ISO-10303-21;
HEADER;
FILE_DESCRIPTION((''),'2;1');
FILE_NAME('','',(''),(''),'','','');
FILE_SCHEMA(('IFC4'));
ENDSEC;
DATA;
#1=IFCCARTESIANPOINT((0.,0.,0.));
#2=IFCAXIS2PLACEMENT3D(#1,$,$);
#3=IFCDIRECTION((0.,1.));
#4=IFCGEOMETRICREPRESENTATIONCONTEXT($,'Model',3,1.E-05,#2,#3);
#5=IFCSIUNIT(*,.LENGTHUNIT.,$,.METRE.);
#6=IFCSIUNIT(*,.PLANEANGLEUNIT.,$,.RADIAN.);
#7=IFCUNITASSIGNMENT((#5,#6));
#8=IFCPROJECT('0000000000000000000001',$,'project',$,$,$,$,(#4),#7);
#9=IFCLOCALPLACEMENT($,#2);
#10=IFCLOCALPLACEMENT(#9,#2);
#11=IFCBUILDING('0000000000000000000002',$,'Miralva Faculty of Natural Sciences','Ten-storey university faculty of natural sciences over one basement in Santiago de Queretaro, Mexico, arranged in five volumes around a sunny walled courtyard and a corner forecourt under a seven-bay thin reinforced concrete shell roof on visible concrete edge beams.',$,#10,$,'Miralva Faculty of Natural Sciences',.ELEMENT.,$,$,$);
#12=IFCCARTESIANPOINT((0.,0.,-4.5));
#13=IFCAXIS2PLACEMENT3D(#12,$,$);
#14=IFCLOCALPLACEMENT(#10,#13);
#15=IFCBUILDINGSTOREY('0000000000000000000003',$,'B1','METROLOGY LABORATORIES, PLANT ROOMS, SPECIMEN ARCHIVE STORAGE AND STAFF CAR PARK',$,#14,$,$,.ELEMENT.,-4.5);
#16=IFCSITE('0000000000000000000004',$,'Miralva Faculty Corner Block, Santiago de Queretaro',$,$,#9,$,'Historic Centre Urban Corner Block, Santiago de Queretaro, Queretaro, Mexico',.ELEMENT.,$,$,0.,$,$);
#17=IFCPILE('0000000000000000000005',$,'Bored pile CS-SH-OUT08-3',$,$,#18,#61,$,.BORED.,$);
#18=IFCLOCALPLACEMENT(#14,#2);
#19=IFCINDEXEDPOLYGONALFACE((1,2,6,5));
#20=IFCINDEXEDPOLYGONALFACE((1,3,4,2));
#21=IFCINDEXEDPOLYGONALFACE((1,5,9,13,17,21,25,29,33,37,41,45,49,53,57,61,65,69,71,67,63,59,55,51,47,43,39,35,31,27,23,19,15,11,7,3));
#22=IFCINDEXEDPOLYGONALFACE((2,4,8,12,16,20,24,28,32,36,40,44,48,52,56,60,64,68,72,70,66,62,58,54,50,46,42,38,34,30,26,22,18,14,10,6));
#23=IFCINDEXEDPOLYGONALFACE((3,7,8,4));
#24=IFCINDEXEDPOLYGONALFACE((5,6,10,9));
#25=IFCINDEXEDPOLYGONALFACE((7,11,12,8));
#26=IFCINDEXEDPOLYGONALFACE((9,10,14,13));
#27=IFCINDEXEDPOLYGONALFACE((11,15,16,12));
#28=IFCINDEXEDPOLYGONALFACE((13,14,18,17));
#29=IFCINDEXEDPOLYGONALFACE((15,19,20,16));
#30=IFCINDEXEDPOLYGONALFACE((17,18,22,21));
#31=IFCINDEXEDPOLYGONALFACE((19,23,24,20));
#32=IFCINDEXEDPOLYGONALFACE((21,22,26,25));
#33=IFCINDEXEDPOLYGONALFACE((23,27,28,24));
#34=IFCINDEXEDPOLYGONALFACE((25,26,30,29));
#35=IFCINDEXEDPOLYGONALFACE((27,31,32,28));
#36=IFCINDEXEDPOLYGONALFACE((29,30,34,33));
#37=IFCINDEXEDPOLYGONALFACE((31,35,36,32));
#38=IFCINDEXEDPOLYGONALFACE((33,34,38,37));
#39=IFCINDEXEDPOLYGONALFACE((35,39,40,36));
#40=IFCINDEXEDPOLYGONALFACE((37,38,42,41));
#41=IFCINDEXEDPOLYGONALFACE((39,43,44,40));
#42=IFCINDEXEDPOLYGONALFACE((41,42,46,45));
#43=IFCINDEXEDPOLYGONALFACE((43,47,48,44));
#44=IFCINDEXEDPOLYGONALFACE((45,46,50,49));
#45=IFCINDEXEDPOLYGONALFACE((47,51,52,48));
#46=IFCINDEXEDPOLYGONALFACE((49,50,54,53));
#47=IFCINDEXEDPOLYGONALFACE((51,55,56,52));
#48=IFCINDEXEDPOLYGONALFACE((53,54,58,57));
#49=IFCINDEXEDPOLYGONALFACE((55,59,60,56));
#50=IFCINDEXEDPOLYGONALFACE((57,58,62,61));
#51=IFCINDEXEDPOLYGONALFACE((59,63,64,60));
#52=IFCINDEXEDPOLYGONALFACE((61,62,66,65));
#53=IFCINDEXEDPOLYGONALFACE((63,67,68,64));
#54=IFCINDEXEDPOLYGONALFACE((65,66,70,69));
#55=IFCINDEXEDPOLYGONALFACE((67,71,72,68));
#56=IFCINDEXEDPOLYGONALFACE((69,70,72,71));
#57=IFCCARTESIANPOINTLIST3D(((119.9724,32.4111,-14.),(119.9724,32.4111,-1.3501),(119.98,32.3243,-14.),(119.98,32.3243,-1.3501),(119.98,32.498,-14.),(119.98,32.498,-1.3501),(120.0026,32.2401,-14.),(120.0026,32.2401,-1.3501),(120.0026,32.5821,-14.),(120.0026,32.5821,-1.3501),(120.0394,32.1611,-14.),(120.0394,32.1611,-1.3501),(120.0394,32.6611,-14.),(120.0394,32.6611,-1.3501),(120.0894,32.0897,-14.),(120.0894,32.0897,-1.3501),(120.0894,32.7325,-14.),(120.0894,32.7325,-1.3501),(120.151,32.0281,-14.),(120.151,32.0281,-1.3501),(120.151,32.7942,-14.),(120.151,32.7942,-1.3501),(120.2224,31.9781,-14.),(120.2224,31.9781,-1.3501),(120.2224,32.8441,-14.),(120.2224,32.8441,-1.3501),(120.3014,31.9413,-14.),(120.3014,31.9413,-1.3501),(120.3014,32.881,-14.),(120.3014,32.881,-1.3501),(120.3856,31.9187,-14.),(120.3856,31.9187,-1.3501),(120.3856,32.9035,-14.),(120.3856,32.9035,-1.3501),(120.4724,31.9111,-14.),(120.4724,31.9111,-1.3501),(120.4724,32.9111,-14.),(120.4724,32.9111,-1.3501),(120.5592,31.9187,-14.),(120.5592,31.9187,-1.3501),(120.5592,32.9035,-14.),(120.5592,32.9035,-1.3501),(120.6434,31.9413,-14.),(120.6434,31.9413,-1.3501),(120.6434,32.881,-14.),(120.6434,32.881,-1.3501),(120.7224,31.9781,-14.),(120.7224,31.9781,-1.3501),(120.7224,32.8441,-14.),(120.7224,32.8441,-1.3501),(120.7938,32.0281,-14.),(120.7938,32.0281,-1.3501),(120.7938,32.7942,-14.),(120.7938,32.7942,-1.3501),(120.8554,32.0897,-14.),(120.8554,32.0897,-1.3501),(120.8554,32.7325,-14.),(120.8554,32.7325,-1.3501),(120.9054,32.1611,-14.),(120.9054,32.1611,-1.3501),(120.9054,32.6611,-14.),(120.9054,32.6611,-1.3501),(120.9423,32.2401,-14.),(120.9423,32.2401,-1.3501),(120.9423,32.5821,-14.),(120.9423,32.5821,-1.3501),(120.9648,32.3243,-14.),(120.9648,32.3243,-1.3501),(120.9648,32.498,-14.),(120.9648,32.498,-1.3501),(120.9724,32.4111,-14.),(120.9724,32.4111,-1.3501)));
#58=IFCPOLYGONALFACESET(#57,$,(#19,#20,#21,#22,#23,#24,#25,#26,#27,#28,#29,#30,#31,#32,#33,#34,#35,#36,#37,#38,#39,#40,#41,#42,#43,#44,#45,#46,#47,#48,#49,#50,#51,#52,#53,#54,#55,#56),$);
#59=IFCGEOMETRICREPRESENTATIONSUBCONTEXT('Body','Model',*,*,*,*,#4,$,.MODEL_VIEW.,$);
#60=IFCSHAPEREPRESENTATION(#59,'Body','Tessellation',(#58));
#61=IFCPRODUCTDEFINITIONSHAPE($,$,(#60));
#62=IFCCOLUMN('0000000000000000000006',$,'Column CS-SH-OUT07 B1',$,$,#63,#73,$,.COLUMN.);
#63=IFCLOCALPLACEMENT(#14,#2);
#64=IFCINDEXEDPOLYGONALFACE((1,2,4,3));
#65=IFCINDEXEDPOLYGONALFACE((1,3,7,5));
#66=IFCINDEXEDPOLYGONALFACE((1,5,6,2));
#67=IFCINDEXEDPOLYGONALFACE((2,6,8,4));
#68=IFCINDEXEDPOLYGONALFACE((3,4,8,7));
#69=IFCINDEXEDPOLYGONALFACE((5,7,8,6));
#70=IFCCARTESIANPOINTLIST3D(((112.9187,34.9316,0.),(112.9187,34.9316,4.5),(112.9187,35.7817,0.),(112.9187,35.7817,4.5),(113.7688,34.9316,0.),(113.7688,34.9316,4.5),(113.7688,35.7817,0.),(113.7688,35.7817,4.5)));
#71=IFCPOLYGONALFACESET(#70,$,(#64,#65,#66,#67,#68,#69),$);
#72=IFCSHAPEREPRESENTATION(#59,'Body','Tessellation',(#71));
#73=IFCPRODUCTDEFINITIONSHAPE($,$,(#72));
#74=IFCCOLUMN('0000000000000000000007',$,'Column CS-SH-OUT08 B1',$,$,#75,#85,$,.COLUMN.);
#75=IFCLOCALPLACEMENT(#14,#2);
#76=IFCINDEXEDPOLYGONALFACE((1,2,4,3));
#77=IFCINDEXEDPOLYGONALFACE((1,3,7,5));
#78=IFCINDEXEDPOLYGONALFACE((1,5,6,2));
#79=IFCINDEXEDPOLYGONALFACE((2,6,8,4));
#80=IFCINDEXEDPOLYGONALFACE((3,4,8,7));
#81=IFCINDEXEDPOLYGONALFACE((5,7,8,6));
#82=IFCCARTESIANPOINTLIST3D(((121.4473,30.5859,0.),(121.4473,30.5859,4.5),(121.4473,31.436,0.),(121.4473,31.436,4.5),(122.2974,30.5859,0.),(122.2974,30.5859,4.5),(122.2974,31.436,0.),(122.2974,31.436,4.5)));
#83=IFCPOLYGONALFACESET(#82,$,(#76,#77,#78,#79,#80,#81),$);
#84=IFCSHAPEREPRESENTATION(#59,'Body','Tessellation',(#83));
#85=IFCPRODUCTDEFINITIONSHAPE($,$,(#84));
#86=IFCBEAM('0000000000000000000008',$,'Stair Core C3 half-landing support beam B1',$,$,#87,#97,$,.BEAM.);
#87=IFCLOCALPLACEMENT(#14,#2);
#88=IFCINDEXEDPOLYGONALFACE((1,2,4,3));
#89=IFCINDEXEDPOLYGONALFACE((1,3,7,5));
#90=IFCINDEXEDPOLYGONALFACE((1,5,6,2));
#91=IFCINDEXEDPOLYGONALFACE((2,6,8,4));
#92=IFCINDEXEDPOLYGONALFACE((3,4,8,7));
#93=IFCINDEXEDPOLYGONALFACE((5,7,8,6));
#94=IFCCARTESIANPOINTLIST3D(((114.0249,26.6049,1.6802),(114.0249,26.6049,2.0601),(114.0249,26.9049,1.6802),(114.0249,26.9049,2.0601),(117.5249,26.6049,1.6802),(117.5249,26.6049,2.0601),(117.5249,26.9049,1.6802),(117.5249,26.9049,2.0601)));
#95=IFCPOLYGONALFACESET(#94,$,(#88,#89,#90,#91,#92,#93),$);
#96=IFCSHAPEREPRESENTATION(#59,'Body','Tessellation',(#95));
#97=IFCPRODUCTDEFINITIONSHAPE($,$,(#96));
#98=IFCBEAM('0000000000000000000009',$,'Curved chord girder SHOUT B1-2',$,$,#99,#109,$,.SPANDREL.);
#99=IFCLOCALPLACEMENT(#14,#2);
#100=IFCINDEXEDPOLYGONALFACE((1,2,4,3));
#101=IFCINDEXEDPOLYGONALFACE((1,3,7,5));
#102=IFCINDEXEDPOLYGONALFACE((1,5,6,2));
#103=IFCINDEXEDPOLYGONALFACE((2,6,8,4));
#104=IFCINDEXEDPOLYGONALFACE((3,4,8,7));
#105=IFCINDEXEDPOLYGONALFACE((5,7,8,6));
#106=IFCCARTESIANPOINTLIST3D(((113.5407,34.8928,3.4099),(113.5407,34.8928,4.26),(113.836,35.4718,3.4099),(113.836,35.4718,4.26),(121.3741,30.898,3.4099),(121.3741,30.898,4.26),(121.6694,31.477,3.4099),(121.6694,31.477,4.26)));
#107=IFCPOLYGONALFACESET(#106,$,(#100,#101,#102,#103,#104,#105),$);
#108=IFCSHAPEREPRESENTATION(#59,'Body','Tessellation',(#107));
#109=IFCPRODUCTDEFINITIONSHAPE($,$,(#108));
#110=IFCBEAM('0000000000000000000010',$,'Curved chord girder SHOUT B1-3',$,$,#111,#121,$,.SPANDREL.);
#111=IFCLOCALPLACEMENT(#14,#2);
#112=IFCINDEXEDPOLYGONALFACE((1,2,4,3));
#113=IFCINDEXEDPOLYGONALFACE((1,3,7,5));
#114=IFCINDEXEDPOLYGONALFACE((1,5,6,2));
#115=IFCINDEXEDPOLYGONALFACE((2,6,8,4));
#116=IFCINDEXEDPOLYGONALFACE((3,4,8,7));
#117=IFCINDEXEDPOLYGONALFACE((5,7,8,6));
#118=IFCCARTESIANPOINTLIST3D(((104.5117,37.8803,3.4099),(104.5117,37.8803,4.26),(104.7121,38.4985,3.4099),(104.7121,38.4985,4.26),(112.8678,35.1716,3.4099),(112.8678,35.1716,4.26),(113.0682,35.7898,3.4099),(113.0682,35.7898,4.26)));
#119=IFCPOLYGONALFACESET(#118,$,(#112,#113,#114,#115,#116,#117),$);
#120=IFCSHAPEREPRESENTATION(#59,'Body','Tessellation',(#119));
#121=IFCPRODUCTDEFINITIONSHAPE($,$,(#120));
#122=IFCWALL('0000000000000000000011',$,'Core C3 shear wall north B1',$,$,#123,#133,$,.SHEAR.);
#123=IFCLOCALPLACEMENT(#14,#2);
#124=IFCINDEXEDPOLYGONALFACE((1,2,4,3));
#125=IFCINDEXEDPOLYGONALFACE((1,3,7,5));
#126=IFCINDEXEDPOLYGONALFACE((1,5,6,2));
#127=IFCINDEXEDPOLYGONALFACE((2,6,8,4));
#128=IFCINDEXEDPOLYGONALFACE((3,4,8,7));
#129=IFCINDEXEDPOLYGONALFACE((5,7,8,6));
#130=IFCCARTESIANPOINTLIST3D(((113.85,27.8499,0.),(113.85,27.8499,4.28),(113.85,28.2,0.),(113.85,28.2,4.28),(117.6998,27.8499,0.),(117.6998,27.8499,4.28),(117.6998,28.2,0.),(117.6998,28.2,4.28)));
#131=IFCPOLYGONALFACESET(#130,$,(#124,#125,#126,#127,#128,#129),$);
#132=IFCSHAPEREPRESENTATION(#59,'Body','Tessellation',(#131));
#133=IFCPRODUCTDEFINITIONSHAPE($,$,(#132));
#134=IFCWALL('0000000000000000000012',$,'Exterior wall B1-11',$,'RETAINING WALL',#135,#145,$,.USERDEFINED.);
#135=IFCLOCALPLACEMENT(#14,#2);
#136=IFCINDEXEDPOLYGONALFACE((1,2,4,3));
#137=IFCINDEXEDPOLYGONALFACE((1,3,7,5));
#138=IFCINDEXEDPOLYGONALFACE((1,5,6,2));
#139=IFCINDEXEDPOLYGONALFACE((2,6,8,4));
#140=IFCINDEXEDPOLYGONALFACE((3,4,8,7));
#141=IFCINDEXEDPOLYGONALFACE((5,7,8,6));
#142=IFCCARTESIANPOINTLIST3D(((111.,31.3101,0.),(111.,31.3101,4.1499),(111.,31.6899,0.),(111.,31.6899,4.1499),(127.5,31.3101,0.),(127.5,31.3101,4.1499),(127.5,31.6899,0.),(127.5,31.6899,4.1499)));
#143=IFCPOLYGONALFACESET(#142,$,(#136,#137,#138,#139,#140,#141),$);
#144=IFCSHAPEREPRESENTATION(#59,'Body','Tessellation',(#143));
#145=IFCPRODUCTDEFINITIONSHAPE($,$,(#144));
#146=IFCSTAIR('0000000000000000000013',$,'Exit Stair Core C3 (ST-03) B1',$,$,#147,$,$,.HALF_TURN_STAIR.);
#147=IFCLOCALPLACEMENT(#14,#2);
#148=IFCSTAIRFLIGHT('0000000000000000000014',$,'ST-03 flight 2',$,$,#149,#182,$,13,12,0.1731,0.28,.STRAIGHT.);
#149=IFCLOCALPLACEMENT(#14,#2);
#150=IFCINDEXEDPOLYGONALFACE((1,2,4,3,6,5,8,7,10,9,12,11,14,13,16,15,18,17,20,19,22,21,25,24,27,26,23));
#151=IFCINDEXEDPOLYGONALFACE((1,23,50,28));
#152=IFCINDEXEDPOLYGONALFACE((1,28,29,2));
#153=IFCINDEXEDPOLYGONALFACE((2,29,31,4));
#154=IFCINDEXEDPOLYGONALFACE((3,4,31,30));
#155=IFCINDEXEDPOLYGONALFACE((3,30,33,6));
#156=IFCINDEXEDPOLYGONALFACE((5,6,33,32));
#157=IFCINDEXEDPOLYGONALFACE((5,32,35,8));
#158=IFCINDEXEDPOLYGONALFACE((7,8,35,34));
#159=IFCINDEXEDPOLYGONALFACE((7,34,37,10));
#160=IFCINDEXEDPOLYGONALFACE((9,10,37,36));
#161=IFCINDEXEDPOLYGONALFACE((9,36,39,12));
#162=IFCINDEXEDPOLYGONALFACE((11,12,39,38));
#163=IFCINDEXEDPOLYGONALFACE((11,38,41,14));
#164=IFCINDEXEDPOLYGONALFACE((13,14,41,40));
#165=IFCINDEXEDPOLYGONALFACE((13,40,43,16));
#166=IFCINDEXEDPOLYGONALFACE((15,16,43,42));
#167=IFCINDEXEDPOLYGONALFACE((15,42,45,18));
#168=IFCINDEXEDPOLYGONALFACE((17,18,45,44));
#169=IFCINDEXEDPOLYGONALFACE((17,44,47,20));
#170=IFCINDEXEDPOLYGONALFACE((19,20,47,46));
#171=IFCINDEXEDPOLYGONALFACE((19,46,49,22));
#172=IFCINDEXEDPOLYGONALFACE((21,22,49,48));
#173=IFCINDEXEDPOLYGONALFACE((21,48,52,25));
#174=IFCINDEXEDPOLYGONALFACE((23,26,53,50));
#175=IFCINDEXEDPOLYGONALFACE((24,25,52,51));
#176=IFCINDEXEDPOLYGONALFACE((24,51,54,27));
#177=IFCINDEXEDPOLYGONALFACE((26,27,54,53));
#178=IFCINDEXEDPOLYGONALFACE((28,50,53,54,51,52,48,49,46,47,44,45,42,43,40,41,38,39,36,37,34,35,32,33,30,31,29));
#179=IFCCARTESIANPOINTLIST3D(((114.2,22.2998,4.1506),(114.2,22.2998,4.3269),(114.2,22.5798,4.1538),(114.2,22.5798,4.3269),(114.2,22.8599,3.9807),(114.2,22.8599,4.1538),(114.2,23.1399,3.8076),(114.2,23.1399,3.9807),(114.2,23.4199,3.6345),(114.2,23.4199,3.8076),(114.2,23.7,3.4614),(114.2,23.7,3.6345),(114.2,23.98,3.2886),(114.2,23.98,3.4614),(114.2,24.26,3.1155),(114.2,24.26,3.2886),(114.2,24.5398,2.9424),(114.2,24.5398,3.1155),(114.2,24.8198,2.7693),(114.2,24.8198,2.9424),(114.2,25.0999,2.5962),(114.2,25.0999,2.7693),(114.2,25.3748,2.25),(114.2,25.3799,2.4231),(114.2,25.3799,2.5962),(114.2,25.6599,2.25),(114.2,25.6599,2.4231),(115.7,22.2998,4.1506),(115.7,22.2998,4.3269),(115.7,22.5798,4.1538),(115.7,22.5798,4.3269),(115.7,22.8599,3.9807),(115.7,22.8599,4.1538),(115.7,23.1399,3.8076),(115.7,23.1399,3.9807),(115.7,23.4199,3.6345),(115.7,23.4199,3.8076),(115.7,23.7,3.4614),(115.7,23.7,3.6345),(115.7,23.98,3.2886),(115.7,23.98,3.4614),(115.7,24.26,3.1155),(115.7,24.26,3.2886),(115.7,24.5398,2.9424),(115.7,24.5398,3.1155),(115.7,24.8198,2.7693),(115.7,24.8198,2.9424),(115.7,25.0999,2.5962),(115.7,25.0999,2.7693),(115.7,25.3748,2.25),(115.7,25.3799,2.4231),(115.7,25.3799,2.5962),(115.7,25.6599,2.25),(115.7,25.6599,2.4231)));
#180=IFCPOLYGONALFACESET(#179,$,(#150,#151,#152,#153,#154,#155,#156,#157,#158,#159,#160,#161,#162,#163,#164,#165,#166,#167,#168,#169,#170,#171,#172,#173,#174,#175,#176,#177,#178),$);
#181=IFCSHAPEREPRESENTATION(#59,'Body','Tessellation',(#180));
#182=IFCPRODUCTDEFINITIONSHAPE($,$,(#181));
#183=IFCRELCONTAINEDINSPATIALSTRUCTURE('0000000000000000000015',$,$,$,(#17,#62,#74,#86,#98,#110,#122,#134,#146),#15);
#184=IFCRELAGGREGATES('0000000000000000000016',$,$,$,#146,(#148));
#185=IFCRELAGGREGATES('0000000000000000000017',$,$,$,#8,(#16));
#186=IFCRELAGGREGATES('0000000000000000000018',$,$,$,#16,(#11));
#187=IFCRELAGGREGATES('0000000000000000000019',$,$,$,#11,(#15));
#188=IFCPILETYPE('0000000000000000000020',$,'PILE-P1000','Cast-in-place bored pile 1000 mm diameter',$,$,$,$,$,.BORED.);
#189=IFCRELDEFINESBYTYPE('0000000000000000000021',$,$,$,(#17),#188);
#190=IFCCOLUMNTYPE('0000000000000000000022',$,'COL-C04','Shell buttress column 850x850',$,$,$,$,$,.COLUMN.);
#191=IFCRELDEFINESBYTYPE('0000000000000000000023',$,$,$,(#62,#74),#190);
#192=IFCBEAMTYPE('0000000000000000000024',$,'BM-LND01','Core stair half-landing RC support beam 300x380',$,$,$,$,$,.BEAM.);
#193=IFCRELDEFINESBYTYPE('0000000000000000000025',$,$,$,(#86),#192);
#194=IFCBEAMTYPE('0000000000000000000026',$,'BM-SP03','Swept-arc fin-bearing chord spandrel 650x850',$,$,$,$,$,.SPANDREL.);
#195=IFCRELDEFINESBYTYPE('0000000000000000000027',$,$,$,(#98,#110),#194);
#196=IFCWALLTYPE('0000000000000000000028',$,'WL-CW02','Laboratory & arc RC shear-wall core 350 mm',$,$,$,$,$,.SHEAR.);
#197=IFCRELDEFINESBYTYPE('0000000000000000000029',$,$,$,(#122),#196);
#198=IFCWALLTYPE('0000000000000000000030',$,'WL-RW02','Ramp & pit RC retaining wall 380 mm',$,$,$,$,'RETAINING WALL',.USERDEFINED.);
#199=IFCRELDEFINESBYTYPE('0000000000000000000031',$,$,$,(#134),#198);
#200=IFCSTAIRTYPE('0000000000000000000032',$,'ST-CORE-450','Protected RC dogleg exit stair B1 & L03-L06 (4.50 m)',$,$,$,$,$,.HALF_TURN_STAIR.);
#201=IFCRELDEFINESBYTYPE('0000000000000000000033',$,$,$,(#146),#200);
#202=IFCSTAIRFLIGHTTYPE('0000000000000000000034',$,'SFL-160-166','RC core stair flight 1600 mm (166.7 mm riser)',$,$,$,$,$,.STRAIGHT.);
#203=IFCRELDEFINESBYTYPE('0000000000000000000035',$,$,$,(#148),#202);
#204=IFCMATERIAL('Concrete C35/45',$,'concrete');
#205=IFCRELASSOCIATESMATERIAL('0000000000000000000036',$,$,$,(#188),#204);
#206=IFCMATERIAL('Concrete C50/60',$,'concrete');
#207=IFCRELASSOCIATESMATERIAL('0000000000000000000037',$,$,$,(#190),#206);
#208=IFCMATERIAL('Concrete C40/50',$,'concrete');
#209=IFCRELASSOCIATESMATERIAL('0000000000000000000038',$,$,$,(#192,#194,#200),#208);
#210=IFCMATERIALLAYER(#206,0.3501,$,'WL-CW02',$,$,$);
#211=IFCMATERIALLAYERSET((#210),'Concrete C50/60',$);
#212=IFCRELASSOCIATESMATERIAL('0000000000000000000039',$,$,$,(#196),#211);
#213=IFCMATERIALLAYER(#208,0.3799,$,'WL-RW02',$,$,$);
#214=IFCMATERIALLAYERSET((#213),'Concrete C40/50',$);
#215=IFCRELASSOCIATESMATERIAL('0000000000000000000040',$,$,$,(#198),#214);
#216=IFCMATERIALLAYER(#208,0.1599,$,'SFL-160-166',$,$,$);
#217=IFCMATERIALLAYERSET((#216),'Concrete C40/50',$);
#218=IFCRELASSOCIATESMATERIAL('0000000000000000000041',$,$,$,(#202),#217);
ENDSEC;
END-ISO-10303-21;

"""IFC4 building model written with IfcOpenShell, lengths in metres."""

from ifc_helpers import new_model, si_unit, direction, frame, frame_2d, origin, origin_2d, place, context, subcontext, project, spatial, polyline, rectangle, circle, outline, extrude, material, layer, layer_set, material_profile, profile_set, type_object, element, aggregate, save


model = new_model("IFC4")

# Units and contexts
model_context = context("Model", 3, precision=1e-05, world=origin(), true_north=direction((0.0, 1.0)))
body_context = subcontext(model_context, "Body", "Model", "MODEL_VIEW")
ifc_project = project(units=[si_unit("LENGTHUNIT", "METRE"), si_unit("PLANEANGLEUNIT", "RADIAN")], contexts=[model_context])

# Site, building, storey
site_placement = place(None, origin())
site = spatial("IfcSite", under=ifc_project, at=site_placement, Name="Miralva Faculty Corner Block, Santiago de Queretaro", LongName="Historic Centre Urban Corner Block, Santiago de Queretaro, Queretaro, Mexico", CompositionType="ELEMENT", RefElevation=0.0)
building_placement = place(site_placement, origin())
building = spatial("IfcBuilding", under=site, at=building_placement, Name="Miralva Faculty of Natural Sciences", Description="Ten-storey university faculty of natural sciences over one basement in Santiago de Queretaro, Mexico, arranged in five volumes around a sunny walled courtyard and a corner forecourt under a seven-bay thin reinforced concrete shell roof on visible concrete edge beams.", LongName="Miralva Faculty of Natural Sciences", CompositionType="ELEMENT")
storey_placement = place(building_placement, frame((0.0, 0.0, -4.5)))
storey = spatial("IfcBuildingStorey", under=building, at=storey_placement, Name="B1", Description="METROLOGY LABORATORIES, PLANT ROOMS, SPECIMEN ARCHIVE STORAGE AND STAFF CAR PARK", CompositionType="ELEMENT", Elevation=-4.5)

# Shared definitions
ifc_material_1 = material(Name="Concrete C40/50", Category="concrete")

# Pile
ifc_material_2 = material(Name="Concrete C35/45", Category="concrete")
ifc_material_profile_1 = material_profile(ifc_material_2, circle(Radius=0.5, at=origin_2d()), Name="BORED PILE 1000")
ifc_profile_set_1 = profile_set([ifc_material_profile_1], Name="Concrete C35/45")
pile_type = type_object("IfcPileType", Name="PILE-P1000", Description="Cast-in-place bored pile 1000 mm diameter", PredefinedType="BORED", material=ifc_profile_set_1)
for number, where, z_axis, x_axis, name in (
    (1, (120.4724, 32.4111, -1.3501), (0.0, 0.0, -1.0), (1.0, 0.0, 0.0), "Bored pile CS-SH-OUT08-3"),
):
    element("IfcPile", number, at=place(storey_placement, frame(where, z_axis=z_axis, x_axis=x_axis)), inside=storey, type_object=pile_type, Name=name, PredefinedType="BORED", context=body_context, shape_type="SweptSolid", body=[
        extrude(circle(Radius=0.5, at=origin_2d()), origin(), (0.0, 0.0, 1.0), 12.6499),
    ])

# Columns
ifc_material_3 = material(Name="Concrete C50/60", Category="concrete")
ifc_material_profile_2 = material_profile(ifc_material_3, rectangle(XDim=0.8501, YDim=0.8501, at=origin_2d()), Name="RC 850x850")
ifc_profile_set_2 = profile_set([ifc_material_profile_2], Name="Concrete C50/60")
column_type = type_object("IfcColumnType", Name="COL-C04", Description="Shell buttress column 850x850", PredefinedType="COLUMN", material=ifc_profile_set_2)
for number, where, z_axis, x_axis, name in (
    (2, (113.3438, 35.3567, 0.0), (0.0, 0.0, 1.0), (1.0, 0.0, 0.0), "Column CS-SH-OUT07 B1"),
    (3, (121.8723, 31.011, 0.0), (0.0, 0.0, 1.0), (1.0, 0.0, 0.0), "Column CS-SH-OUT08 B1"),
):
    element("IfcColumn", number, at=place(storey_placement, frame(where, z_axis=z_axis, x_axis=x_axis)), inside=storey, type_object=column_type, Name=name, PredefinedType="COLUMN", context=body_context, shape_type="SweptSolid", body=[
        extrude(rectangle(XDim=0.8501, YDim=0.8501, at=origin_2d()), origin(), (0.0, 0.0, 1.0), 4.5),
    ])

# Beams
ifc_material_profile_3 = material_profile(ifc_material_1, rectangle(XDim=0.3, YDim=0.3799, at=origin_2d()), Name="RC 300x380")
ifc_profile_set_3 = profile_set([ifc_material_profile_3], Name="Concrete C40/50")
beam_type_1 = type_object("IfcBeamType", Name="BM-LND01", Description="Core stair half-landing RC support beam 300x380", PredefinedType="BEAM", material=ifc_profile_set_3)
beam_1_placement = place(storey_placement, frame((114.0249, 26.7549, 1.8701), z_axis=(1.0, 0.0, 0.0), x_axis=(0.0, 1.0, 0.0)))
element("IfcBeam", 4, at=beam_1_placement, inside=storey, type_object=beam_type_1, Name="Stair Core C3 half-landing support beam B1", PredefinedType="BEAM", context=body_context, shape_type="SweptSolid", body=[
    extrude(rectangle(XDim=0.3, YDim=0.3799, at=origin_2d()), origin(), (0.0, 0.0, 1.0), 3.5),
])
ifc_material_profile_4 = material_profile(ifc_material_1, rectangle(XDim=0.6499, YDim=0.8501, at=origin_2d()), Name="RC 650x850")
ifc_profile_set_4 = profile_set([ifc_material_profile_4], Name="Concrete C40/50")
beam_type_2 = type_object("IfcBeamType", Name="BM-SP03", Description="Swept-arc fin-bearing chord spandrel 650x850", PredefinedType="SPANDREL", material=ifc_profile_set_4)
beam_2_placement = place(storey_placement, frame((121.5217, 31.1875, 3.835), z_axis=(-0.890845, 0.454307, 0.0), x_axis=(-0.454307, -0.890845, 0.0)))
element("IfcBeam", 5, at=beam_2_placement, inside=storey, type_object=beam_type_2, Name="Curved chord girder SHOUT B1-2", PredefinedType="SPANDREL", context=body_context, shape_type="SweptSolid", body=[
    extrude(rectangle(XDim=0.6499, YDim=0.8501, at=origin_2d()), origin(), (0.0, 0.0, 1.0), 8.7932),
])
beam_3_placement = place(storey_placement, frame((112.968, 35.4807, 3.835), z_axis=(-0.951269, 0.308363, 0.0), x_axis=(-0.308363, -0.951269, 0.0)))
element("IfcBeam", 6, at=beam_3_placement, inside=storey, type_object=beam_type_2, Name="Curved chord girder SHOUT B1-3", PredefinedType="SPANDREL", context=body_context, shape_type="SweptSolid", body=[
    extrude(rectangle(XDim=0.6499, YDim=0.8501, at=origin_2d()), origin(), (0.0, 0.0, 1.0), 8.7842),
])

# Walls
ifc_layer_1 = layer(ifc_material_3, 0.3501, Name="WL-CW02")
ifc_layer_set_1 = layer_set([ifc_layer_1], Name="Concrete C50/60")
wall_type_1 = type_object("IfcWallType", Name="WL-CW02", Description="Laboratory & arc RC shear-wall core 350 mm", PredefinedType="SHEAR", material=ifc_layer_set_1)
wall_1_placement = place(storey_placement, frame((113.8501, 28.0249, 0.0), z_axis=(0.0, 0.0, 1.0), x_axis=(1.0, 0.0, 0.0)))
element("IfcWall", 7, at=wall_1_placement, inside=storey, type_object=wall_type_1, Name="Core C3 shear wall north B1", PredefinedType="SHEAR", context=body_context, shape_type="SweptSolid", body=[
    extrude(rectangle(XDim=3.8499, YDim=0.3501, at=frame_2d((1.9248, 0.0))), origin(), (0.0, 0.0, 1.0), 4.28),
])
ifc_layer_2 = layer(ifc_material_1, 0.3799, Name="WL-RW02")
ifc_layer_set_2 = layer_set([ifc_layer_2], Name="Concrete C40/50")
wall_type_2 = type_object("IfcWallType", Name="WL-RW02", Description="Ramp & pit RC retaining wall 380 mm", ElementType="RETAINING WALL", PredefinedType="USERDEFINED", material=ifc_layer_set_2)
wall_2_placement = place(storey_placement, frame((111.0, 31.5, 0.0), z_axis=(0.0, 0.0, 1.0), x_axis=(1.0, 0.0, 0.0)))
element("IfcWall", 8, at=wall_2_placement, inside=storey, type_object=wall_type_2, Name="Exterior wall B1-11", ObjectType="RETAINING WALL", PredefinedType="USERDEFINED", context=body_context, shape_type="SweptSolid", body=[
    extrude(rectangle(XDim=16.5, YDim=0.3799, at=frame_2d((8.25, 0.0))), origin(), (0.0, 0.0, 1.0), 4.1499),
])

# Stair, stair flight
stair_type = type_object("IfcStairType", Name="ST-CORE-450", Description="Protected RC dogleg exit stair B1 & L03-L06 (4.50 m)", PredefinedType="HALF_TURN_STAIR", material=ifc_material_1)
stair_placement = place(storey_placement, origin())
stair = element("IfcStair", 9, at=stair_placement, inside=storey, type_object=stair_type, Name="Exit Stair Core C3 (ST-03) B1", PredefinedType="HALF_TURN_STAIR")
ifc_layer_3 = layer(ifc_material_1, 0.1599, Name="SFL-160-166")
ifc_layer_set_3 = layer_set([ifc_layer_3], Name="Concrete C40/50")
stair_flight_type = type_object("IfcStairFlightType", Name="SFL-160-166", Description="RC core stair flight 1600 mm (166.7 mm riser)", PredefinedType="STRAIGHT", material=ifc_layer_set_3)
stair_flight_placement = place(storey_placement, frame((114.95, 25.6599, 2.25), z_axis=(0.0, 0.0, 1.0), x_axis=(0.0, -1.0, 0.0)))
stair_flight = element("IfcStairFlight", 10, at=stair_flight_placement, type_object=stair_flight_type, Name="ST-03 flight 2", NumberOfRisers=13, NumberOfTreads=12, PredefinedType="STRAIGHT", RiserHeight=0.1731, TreadLength=0.28, context=body_context, shape_type="SweptSolid", body=[
    extrude(outline(polyline([(0.0, 0.0), (0.0, 0.1731), (0.28, 0.1731), (0.28, 0.3462), (0.5601, 0.3462), (0.5601, 0.5193), (0.8401, 0.5193), (0.8401, 0.6924), (1.1201, 0.6924), (1.1201, 0.8655), (1.3999, 0.8655), (1.3999, 1.0386), (1.6799, 1.0386), (1.6799, 1.2114), (1.96, 1.2114), (1.96, 1.3845), (2.24, 1.3845), (2.24, 1.5576), (2.52, 1.5576), (2.52, 1.7307), (2.8, 1.7307), (2.8, 1.9038), (3.0801, 1.9038), (3.0801, 2.0769), (3.3601, 2.0769), (3.3601, 2.25), (3.3601, 1.9006), (0.2852, 0.0), (0.0, 0.0)])), frame((0.0, 0.75, 0.0), z_axis=(0.0, -1.0, 0.0), x_axis=(1.0, 0.0, 0.0)), (0.0, 0.0, 1.0), 1.5),
])
aggregate(stair, [stair_flight])

save(model, "model.ifc")
